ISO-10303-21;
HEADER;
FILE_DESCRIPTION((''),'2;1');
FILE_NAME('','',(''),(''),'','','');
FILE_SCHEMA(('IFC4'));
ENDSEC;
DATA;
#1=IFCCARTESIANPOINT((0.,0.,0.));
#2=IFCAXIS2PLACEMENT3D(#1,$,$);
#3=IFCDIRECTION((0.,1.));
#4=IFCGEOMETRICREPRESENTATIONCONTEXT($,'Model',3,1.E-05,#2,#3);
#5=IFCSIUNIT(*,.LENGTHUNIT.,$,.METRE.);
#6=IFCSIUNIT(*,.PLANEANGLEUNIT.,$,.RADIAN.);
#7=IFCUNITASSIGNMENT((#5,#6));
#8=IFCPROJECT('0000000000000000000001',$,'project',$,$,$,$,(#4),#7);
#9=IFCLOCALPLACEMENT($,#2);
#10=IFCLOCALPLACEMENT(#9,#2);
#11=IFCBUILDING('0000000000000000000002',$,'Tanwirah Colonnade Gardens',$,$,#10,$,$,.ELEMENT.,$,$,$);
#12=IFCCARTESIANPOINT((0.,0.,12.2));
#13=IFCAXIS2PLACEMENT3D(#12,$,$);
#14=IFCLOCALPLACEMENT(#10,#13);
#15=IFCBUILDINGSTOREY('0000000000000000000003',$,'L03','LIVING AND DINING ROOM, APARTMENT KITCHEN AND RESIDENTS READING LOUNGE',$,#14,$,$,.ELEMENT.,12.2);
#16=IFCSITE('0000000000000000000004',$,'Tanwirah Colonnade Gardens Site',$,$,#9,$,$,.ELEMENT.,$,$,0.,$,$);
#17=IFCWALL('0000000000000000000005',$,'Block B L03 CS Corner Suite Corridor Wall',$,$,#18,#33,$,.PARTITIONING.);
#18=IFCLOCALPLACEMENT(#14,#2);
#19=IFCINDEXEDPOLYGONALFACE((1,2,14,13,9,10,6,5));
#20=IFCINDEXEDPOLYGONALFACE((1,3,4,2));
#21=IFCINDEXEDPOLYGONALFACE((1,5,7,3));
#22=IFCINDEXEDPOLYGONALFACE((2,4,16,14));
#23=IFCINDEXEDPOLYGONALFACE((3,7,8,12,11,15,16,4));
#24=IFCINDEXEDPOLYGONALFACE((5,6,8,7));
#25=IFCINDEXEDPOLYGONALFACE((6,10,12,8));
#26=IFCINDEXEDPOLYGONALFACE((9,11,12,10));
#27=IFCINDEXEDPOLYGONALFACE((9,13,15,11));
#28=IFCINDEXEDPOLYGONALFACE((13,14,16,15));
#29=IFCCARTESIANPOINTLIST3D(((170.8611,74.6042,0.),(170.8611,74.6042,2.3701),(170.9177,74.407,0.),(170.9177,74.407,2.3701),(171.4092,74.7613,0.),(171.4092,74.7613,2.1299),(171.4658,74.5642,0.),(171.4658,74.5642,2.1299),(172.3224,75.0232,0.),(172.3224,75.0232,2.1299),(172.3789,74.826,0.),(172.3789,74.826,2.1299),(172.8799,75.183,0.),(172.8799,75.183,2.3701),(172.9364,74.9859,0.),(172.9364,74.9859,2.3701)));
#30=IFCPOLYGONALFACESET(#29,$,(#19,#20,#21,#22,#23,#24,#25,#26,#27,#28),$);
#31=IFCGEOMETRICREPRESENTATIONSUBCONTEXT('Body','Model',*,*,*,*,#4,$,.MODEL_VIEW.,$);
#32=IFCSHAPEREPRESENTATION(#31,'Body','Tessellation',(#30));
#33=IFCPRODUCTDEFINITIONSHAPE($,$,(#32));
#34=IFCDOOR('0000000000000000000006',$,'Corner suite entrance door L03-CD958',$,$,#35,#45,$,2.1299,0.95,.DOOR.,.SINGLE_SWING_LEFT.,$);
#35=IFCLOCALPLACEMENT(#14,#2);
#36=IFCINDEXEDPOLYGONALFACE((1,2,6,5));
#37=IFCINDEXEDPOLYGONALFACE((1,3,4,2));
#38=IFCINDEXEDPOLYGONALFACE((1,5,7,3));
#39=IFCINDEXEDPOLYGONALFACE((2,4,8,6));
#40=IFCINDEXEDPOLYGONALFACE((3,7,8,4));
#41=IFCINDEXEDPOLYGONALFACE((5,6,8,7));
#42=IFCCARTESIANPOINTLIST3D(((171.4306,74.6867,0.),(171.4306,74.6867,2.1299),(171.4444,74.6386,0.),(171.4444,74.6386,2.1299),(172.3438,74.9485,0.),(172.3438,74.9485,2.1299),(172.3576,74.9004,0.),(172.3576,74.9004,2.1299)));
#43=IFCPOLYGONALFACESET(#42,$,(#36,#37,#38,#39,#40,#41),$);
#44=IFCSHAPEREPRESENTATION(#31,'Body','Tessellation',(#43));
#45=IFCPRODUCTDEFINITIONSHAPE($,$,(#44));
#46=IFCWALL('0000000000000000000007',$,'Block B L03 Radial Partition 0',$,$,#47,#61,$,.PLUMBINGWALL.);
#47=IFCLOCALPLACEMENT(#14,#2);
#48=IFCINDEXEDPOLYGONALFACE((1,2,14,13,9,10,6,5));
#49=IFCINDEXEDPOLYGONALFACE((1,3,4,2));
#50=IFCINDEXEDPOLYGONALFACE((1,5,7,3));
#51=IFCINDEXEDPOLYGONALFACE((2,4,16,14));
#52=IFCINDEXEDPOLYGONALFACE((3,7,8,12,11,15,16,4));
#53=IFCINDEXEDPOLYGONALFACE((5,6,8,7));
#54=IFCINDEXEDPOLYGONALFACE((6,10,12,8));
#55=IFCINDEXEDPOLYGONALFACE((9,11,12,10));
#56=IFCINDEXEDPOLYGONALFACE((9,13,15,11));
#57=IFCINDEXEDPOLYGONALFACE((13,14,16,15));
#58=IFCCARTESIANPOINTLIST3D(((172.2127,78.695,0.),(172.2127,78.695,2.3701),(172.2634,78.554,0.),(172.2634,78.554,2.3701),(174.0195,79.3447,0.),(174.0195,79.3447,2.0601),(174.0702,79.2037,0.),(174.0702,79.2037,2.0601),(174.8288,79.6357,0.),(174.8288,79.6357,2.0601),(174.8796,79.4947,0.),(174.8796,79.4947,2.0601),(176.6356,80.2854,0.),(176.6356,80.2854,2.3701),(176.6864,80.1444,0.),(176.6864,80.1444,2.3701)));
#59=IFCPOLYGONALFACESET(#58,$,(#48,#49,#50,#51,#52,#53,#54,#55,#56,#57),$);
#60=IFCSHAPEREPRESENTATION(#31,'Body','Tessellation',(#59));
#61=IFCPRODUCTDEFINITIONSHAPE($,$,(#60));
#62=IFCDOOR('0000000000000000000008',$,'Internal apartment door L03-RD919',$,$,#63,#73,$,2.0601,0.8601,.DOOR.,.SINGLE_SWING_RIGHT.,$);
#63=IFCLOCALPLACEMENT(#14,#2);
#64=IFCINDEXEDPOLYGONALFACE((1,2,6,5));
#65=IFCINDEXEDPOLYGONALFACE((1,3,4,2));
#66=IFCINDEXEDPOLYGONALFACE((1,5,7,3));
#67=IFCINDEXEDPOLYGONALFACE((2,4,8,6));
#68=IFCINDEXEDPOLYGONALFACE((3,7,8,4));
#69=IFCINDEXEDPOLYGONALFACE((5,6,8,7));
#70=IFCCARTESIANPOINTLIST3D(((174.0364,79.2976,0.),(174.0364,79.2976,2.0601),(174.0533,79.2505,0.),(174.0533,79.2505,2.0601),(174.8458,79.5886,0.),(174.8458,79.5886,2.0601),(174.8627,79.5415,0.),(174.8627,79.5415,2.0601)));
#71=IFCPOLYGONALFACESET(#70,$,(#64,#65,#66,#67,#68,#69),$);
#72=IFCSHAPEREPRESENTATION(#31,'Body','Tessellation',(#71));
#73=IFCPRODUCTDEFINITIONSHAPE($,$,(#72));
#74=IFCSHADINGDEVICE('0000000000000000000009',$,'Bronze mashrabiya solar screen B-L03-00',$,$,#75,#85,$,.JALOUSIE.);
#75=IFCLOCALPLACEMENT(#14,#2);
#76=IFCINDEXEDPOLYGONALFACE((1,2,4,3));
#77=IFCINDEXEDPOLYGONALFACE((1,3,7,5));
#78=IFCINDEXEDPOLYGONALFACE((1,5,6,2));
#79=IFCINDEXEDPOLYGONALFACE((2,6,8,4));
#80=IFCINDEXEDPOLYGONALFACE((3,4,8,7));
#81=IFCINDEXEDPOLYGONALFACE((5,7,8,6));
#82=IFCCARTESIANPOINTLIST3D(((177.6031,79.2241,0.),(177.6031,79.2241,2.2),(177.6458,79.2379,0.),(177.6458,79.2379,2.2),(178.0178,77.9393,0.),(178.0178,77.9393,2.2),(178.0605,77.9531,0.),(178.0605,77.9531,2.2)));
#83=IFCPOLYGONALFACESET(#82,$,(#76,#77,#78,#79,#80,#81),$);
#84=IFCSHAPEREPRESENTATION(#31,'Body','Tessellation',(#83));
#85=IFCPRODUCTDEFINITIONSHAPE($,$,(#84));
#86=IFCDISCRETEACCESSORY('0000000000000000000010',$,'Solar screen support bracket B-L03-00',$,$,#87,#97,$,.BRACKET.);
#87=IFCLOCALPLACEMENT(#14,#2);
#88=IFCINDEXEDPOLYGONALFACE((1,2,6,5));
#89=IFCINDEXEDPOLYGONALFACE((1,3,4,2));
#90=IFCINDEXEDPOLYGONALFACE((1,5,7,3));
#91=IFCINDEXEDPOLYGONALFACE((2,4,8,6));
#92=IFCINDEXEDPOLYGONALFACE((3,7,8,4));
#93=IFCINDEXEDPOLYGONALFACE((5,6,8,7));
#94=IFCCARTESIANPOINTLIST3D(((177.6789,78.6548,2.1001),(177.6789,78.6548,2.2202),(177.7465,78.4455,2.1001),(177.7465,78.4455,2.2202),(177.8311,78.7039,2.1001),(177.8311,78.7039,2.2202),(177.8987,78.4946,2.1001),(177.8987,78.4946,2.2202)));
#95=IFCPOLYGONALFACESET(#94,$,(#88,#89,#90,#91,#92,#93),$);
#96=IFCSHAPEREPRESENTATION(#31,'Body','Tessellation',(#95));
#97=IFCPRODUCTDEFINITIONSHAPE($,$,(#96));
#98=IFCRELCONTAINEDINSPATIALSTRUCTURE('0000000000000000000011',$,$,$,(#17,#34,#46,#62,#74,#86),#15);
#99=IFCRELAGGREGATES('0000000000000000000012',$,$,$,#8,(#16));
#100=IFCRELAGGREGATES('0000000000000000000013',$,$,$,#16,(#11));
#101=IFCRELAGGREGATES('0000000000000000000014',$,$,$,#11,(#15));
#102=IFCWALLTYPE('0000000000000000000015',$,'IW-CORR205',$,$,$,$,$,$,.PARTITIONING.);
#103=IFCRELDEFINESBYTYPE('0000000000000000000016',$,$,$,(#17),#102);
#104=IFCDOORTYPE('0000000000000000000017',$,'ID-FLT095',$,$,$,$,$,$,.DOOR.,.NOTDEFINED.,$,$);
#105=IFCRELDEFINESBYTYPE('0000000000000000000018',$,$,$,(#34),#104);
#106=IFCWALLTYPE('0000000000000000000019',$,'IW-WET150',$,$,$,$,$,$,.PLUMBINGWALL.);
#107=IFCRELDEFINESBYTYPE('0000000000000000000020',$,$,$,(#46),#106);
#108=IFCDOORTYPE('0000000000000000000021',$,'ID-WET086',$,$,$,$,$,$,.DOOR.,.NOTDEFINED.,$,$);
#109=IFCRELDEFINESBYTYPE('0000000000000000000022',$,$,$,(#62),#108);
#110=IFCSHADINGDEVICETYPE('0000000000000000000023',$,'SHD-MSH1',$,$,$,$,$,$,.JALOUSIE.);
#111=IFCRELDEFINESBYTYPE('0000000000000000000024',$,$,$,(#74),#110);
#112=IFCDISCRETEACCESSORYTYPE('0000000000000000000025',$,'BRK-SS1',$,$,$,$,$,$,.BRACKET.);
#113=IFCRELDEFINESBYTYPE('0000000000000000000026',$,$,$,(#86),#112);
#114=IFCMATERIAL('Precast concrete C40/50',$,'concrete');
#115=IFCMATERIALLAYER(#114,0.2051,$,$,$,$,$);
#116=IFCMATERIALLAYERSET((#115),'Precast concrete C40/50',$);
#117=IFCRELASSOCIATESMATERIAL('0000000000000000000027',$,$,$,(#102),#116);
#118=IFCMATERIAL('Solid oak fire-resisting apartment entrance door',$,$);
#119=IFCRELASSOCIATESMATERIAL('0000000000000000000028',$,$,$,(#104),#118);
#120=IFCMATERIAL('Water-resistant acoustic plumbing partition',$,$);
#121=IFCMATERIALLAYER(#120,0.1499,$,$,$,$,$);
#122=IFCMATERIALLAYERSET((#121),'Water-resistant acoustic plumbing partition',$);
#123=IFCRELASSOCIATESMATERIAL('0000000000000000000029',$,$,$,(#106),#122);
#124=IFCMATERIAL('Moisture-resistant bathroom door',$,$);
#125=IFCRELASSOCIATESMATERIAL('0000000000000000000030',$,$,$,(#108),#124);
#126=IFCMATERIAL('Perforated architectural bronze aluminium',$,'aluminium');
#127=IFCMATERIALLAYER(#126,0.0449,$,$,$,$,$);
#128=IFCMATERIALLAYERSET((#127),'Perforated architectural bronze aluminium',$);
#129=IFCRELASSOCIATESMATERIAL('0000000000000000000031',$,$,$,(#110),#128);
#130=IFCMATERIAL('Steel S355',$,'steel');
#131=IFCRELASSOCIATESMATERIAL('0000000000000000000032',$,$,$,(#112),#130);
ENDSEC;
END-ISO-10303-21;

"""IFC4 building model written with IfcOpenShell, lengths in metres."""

from ifc_helpers import new_model, si_unit, direction, frame, frame_2d, origin, origin_2d, place, context, subcontext, project, spatial, rectangle, extrude, material, layer, layer_set, type_object, element, fill, save


model = new_model("IFC4")

# Units and contexts
model_context = context("Model", 3, precision=1e-05, world=origin(), true_north=direction((0.0, 1.0)))
body_context = subcontext(model_context, "Body", "Model", "MODEL_VIEW")
ifc_project = project(units=[si_unit("LENGTHUNIT", "METRE"), si_unit("PLANEANGLEUNIT", "RADIAN")], contexts=[model_context])

# Site, building, storey
site_placement = place(None, origin())
site = spatial("IfcSite", under=ifc_project, at=site_placement, Name="Tanwirah Colonnade Gardens Site", CompositionType="ELEMENT", RefElevation=0.0)
building_placement = place(site_placement, origin())
building = spatial("IfcBuilding", under=site, at=building_placement, Name="Tanwirah Colonnade Gardens", CompositionType="ELEMENT")
storey_placement = place(building_placement, frame((0.0, 0.0, 12.2)))
storey = spatial("IfcBuildingStorey", under=building, at=storey_placement, Name="L03", Description="LIVING AND DINING ROOM, APARTMENT KITCHEN AND RESIDENTS READING LOUNGE", CompositionType="ELEMENT", Elevation=12.2)

# Shared definitions
ifc_material_1 = material(Name="Precast concrete C40/50", Category="concrete")

# Walls, openings, doors
ifc_layer_1 = layer(ifc_material_1, 0.2051)
ifc_layer_set_1 = layer_set([ifc_layer_1], Name="Precast concrete C40/50")
wall_type_1 = type_object("IfcWallType", Name="IW-CORR205", PredefinedType="PARTITIONING", material=ifc_layer_set_1)
ifc_material_2 = material(Name="Solid oak fire-resisting apartment entrance door")
wall_1_placement = place(storey_placement, frame((170.8894, 74.5056, 0.0), z_axis=(0.0, 0.0, 1.0), x_axis=(0.961265, 0.275627, 0.0)))
wall_1 = element("IfcWall", 1, at=wall_1_placement, inside=storey, type_object=wall_type_1, Name="Block B L03 CS Corner Suite Corridor Wall", PredefinedType="PARTITIONING", context=body_context, shape_type="SweptSolid", body=[
    extrude(rectangle(XDim=2.1001, YDim=0.2051, at=frame_2d((1.05, 0.0))), origin(), (0.0, 0.0, 1.0), 2.3701),
])
opening_1_placement = place(wall_1_placement, frame((0.5701, 0.0, 0.0)))
opening_1 = element("IfcOpeningElement", 2, at=opening_1_placement, cuts=wall_1, PredefinedType="OPENING", context=body_context, shape_type="SweptSolid", body=[
    extrude(rectangle(XDim=0.95, YDim=2.1299, at=frame_2d((0.4751, 1.0649))), frame((0.0, 0.1125, 0.0), z_axis=(0.0, -1.0, 0.0), x_axis=(1.0, 0.0, 0.0)), (0.0, 0.0, 1.0), 0.2251),
])
door_type_1 = type_object("IfcDoorType", Name="ID-FLT095", OperationType="NOTDEFINED", PredefinedType="DOOR", material=ifc_material_2)
door_1_placement = place(opening_1_placement, origin())
door_1 = element("IfcDoor", 3, at=door_1_placement, inside=storey, type_object=door_type_1, Name="Corner suite entrance door L03-CD958", OperationType="SINGLE_SWING_LEFT", OverallHeight=2.1299, OverallWidth=0.95, PredefinedType="DOOR", context=body_context, shape_type="SweptSolid", body=[
    extrude(rectangle(XDim=0.95, YDim=2.1299, at=frame_2d((0.4751, 1.0649))), frame((0.0, 0.0249, 0.0), z_axis=(0.0, -1.0, 0.0), x_axis=(1.0, 0.0, 0.0)), (0.0, 0.0, 1.0), 0.05),
])
fill(opening_1, door_1)
ifc_material_3 = material(Name="Water-resistant acoustic plumbing partition")
ifc_layer_2 = layer(ifc_material_3, 0.1499)
ifc_layer_set_2 = layer_set([ifc_layer_2], Name="Water-resistant acoustic plumbing partition")
wall_type_2 = type_object("IfcWallType", Name="IW-WET150", PredefinedType="PLUMBINGWALL", material=ifc_layer_set_2)
wall_2_placement = place(storey_placement, frame((172.238, 78.6245, 0.0), z_axis=(0.0, 0.0, 1.0), x_axis=(0.941016, 0.338363, 0.0)))
wall_2 = element("IfcWall", 4, at=wall_2_placement, inside=storey, type_object=wall_type_2, Name="Block B L03 Radial Partition 0", PredefinedType="PLUMBINGWALL", context=body_context, shape_type="SweptSolid", body=[
    extrude(rectangle(XDim=4.7002, YDim=0.1499, at=frame_2d((2.3501, 0.0))), origin(), (0.0, 0.0, 1.0), 2.3701),
])
opening_2_placement = place(wall_2_placement, frame((1.9199, 0.0, 0.0)))
opening_2 = element("IfcOpeningElement", 5, at=opening_2_placement, cuts=wall_2, PredefinedType="OPENING", context=body_context, shape_type="SweptSolid", body=[
    extrude(rectangle(XDim=0.8601, YDim=2.0601, at=frame_2d((0.4302, 1.03))), frame((0.0, 0.085, 0.0), z_axis=(0.0, -1.0, 0.0), x_axis=(1.0, 0.0, 0.0)), (0.0, 0.0, 1.0), 0.1699),
])
ifc_material_4 = material(Name="Moisture-resistant bathroom door")
door_type_2 = type_object("IfcDoorType", Name="ID-WET086", OperationType="NOTDEFINED", PredefinedType="DOOR", material=ifc_material_4)
door_2_placement = place(opening_2_placement, origin())
door_2 = element("IfcDoor", 6, at=door_2_placement, inside=storey, type_object=door_type_2, Name="Internal apartment door L03-RD919", OperationType="SINGLE_SWING_RIGHT", OverallHeight=2.0601, OverallWidth=0.8601, PredefinedType="DOOR", context=body_context, shape_type="SweptSolid", body=[
    extrude(rectangle(XDim=0.8601, YDim=2.0601, at=frame_2d((0.4302, 1.03))), frame((0.0, 0.0249, 0.0), z_axis=(0.0, -1.0, 0.0), x_axis=(1.0, 0.0, 0.0)), (0.0, 0.0, 1.0), 0.05),
])
fill(opening_2, door_2)

# Shading device
ifc_material_5 = material(Name="Perforated architectural bronze aluminium", Category="aluminium")
ifc_layer_3 = layer(ifc_material_5, 0.0449)
ifc_layer_set_3 = layer_set([ifc_layer_3], Name="Perforated architectural bronze aluminium")
shading_device_type = type_object("IfcShadingDeviceType", Name="SHD-MSH1", PredefinedType="JALOUSIE", material=ifc_layer_set_3)
shading_device_placement = place(storey_placement, frame((177.8318, 78.5886, 0.0), z_axis=(0.0, 0.0, 1.0), x_axis=(-0.307172, 0.951654, 0.0)))
element("IfcShadingDevice", 7, at=shading_device_placement, inside=storey, type_object=shading_device_type, Name="Bronze mashrabiya solar screen B-L03-00", PredefinedType="JALOUSIE", context=body_context, shape_type="SweptSolid", body=[
    extrude(rectangle(XDim=1.3501, YDim=0.0449, at=origin_2d()), origin(), (0.0, 0.0, 1.0), 2.2),
])

# Discrete accessory
ifc_material_6 = material(Name="Steel S355", Category="steel")
discrete_accessory_type = type_object("IfcDiscreteAccessoryType", Name="BRK-SS1", PredefinedType="BRACKET", material=ifc_material_6)
discrete_accessory_placement = place(storey_placement, frame((177.7888, 78.5747, 2.1001), z_axis=(0.0, 0.0, 1.0), x_axis=(-0.307172, 0.951654, 0.0)))
element("IfcDiscreteAccessory", 8, at=discrete_accessory_placement, inside=storey, type_object=discrete_accessory_type, Name="Solar screen support bracket B-L03-00", PredefinedType="BRACKET", context=body_context, shape_type="SweptSolid", body=[
    extrude(rectangle(XDim=0.22, YDim=0.1599, at=origin_2d()), origin(), (0.0, 0.0, 1.0), 0.1201),
])

save(model, "model.ifc")
